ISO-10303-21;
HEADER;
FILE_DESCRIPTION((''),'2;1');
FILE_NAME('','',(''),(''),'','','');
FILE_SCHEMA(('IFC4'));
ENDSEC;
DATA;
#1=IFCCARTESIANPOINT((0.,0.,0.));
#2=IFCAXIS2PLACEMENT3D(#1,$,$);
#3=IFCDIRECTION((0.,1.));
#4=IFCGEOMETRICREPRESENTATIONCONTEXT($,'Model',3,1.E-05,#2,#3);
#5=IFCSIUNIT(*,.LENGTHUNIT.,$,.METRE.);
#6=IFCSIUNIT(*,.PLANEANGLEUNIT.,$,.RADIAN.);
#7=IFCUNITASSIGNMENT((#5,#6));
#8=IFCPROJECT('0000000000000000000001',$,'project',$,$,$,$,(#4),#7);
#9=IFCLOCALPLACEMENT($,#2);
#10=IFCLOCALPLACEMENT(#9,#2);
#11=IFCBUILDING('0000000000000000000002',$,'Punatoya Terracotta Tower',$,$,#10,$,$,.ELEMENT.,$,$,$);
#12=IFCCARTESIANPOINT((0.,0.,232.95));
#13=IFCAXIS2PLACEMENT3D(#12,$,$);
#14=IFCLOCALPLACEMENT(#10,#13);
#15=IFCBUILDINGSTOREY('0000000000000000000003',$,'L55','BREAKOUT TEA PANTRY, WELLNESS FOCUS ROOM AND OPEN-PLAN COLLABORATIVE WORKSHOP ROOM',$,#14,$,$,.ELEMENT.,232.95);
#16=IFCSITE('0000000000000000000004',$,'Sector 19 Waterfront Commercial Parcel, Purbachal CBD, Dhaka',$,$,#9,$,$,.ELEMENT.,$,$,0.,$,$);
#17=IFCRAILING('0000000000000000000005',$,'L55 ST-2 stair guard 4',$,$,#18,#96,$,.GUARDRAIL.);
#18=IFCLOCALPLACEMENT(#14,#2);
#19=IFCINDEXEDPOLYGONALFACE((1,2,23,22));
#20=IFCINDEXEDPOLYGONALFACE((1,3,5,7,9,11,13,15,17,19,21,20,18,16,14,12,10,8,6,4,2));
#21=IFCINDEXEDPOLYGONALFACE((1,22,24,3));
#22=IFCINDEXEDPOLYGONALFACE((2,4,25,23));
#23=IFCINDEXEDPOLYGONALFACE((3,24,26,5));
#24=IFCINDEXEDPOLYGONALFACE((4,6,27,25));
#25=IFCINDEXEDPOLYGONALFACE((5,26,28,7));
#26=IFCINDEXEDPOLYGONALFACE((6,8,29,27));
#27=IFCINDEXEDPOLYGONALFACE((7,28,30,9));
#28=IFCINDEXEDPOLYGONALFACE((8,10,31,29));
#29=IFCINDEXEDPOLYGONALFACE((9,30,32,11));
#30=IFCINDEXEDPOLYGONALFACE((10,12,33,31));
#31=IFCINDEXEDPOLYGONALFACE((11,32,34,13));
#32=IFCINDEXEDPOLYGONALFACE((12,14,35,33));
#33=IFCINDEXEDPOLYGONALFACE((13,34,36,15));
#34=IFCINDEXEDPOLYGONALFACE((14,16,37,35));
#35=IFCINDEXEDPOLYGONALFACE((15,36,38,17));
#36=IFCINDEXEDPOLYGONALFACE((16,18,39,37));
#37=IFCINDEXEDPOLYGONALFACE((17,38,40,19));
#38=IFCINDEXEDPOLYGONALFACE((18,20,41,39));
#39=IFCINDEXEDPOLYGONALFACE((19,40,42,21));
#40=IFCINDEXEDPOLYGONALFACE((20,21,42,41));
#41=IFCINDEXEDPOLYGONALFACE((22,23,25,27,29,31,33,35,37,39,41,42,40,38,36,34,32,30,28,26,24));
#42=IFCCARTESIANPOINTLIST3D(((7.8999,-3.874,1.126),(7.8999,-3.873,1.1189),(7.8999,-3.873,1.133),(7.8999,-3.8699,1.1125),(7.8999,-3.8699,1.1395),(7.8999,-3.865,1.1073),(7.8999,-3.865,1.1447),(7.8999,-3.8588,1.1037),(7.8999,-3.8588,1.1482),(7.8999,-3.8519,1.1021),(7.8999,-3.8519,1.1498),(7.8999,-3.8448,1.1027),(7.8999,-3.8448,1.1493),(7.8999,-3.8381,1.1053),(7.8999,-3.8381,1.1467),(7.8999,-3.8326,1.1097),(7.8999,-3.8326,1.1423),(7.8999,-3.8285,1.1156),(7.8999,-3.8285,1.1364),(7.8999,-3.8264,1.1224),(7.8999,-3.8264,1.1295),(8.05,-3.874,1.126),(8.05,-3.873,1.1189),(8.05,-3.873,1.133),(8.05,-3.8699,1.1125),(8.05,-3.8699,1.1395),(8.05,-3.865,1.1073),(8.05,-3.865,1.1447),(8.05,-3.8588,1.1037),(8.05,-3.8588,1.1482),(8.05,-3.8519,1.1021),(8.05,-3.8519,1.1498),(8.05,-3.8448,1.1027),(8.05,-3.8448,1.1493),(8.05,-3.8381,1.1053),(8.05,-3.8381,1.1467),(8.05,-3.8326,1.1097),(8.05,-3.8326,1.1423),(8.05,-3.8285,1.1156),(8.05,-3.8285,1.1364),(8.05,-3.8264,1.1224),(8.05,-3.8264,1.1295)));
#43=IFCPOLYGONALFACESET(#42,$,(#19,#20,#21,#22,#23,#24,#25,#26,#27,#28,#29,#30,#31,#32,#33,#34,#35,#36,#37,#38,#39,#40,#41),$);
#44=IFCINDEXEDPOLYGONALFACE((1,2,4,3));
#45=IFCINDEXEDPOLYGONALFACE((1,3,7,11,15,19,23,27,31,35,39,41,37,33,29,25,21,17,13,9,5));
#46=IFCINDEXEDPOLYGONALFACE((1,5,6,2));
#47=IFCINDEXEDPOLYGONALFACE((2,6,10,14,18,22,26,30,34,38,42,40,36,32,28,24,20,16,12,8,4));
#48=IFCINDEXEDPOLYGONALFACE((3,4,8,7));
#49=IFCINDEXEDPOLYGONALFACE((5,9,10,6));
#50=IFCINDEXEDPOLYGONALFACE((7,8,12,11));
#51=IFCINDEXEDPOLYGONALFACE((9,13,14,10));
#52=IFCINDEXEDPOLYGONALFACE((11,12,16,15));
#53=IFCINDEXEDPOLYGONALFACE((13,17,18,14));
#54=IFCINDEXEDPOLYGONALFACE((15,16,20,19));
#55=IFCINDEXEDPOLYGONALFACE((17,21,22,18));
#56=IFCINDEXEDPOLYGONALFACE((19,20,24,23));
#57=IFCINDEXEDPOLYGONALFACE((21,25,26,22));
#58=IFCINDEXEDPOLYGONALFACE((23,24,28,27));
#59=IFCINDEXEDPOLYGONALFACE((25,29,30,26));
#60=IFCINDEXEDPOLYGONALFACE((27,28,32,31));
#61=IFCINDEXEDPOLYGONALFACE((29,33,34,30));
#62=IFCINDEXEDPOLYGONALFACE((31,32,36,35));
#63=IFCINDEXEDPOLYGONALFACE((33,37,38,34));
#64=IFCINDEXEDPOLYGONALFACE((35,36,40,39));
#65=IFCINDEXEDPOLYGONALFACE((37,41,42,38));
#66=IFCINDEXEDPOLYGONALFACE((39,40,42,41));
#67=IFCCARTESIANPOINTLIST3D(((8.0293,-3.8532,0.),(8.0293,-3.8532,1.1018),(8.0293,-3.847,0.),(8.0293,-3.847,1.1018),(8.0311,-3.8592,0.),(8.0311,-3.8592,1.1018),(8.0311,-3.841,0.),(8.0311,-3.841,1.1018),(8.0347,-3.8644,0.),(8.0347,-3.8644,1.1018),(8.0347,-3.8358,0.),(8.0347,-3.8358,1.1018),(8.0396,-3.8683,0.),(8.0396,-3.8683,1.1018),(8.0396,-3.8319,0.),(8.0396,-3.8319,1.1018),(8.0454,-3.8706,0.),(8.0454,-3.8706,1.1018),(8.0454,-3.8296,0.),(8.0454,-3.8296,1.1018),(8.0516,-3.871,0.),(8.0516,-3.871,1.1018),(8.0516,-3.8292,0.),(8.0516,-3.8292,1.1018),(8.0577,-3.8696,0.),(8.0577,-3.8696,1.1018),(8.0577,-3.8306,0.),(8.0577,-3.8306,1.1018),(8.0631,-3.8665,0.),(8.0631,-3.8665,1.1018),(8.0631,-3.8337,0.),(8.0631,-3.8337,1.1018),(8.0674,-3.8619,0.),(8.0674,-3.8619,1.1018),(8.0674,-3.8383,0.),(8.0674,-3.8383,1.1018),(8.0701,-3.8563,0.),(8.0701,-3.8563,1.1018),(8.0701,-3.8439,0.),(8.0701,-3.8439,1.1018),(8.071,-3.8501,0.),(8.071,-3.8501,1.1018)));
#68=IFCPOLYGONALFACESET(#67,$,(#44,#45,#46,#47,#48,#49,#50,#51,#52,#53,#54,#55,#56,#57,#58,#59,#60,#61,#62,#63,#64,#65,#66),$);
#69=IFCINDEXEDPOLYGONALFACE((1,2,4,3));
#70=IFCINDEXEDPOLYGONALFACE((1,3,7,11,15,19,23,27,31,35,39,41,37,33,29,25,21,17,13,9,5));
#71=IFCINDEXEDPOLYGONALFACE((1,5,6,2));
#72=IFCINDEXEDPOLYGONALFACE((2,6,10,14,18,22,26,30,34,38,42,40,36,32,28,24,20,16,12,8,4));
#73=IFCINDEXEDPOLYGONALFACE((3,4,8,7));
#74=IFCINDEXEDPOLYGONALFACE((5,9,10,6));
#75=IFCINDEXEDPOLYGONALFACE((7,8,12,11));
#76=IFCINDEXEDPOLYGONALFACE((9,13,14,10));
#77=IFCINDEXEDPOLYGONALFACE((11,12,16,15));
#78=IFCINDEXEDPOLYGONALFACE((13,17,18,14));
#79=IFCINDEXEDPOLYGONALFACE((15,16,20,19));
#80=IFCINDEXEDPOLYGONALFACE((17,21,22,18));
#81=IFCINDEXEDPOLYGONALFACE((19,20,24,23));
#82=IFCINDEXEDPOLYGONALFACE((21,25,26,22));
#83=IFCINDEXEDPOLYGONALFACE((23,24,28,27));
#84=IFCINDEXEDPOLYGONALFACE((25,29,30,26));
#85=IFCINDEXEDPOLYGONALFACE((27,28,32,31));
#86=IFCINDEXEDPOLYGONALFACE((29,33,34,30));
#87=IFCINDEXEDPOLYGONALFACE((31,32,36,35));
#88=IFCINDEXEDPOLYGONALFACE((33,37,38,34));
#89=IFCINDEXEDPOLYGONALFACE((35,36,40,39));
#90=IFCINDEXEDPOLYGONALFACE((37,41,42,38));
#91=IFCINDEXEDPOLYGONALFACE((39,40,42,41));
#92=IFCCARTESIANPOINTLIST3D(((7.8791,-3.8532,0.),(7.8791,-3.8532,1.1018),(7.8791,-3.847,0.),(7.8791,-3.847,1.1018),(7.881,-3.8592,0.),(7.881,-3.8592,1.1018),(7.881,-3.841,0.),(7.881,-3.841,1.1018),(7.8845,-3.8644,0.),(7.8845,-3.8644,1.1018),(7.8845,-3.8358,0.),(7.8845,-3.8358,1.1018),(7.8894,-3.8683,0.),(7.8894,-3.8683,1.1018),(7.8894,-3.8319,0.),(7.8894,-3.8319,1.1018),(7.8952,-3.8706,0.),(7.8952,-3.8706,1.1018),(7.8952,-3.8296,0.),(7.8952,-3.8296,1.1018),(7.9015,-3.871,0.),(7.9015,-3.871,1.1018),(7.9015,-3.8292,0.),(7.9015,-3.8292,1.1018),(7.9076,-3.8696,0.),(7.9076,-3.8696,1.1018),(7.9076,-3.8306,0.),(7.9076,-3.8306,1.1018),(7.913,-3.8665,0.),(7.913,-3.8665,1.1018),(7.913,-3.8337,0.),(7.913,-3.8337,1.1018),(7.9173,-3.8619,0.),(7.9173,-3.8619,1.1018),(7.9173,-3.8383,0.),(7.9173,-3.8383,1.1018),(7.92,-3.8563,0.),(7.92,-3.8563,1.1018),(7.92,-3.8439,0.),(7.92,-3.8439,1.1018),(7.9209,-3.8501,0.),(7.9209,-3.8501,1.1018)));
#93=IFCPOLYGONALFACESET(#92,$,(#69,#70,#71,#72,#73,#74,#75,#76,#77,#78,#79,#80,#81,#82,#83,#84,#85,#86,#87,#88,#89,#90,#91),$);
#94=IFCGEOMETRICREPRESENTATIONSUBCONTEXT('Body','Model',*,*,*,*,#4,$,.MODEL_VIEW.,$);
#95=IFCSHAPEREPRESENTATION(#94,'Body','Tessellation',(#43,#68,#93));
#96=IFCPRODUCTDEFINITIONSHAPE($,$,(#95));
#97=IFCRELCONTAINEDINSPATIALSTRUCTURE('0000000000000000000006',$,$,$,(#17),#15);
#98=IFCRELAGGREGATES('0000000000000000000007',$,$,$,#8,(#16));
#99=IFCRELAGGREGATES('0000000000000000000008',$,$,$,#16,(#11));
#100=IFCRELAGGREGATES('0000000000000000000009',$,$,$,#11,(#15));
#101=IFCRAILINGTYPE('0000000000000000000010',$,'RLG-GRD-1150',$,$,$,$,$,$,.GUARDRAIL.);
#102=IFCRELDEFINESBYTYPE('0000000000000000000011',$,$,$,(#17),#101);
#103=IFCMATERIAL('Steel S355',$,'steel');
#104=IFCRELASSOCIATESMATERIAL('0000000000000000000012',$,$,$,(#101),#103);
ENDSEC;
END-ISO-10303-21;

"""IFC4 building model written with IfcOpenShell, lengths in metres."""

from ifc_helpers import new_model, si_unit, direction, frame, origin, origin_2d, place, context, subcontext, project, spatial, circle, extrude, material, type_object, element, save


model = new_model("IFC4")

# Units and contexts
model_context = context("Model", 3, precision=1e-05, world=origin(), true_north=direction((0.0, 1.0)))
body_context = subcontext(model_context, "Body", "Model", "MODEL_VIEW")
ifc_project = project(units=[si_unit("LENGTHUNIT", "METRE"), si_unit("PLANEANGLEUNIT", "RADIAN")], contexts=[model_context])

# Site, building, storey
site_placement = place(None, origin())
site = spatial("IfcSite", under=ifc_project, at=site_placement, Name="Sector 19 Waterfront Commercial Parcel, Purbachal CBD, Dhaka", CompositionType="ELEMENT", RefElevation=0.0)
building_placement = place(site_placement, origin())
building = spatial("IfcBuilding", under=site, at=building_placement, Name="Punatoya Terracotta Tower", CompositionType="ELEMENT")
storey_placement = place(building_placement, frame((0.0, 0.0, 232.95)))
storey = spatial("IfcBuildingStorey", under=building, at=storey_placement, Name="L55", Description="BREAKOUT TEA PANTRY, WELLNESS FOCUS ROOM AND OPEN-PLAN COLLABORATIVE WORKSHOP ROOM", CompositionType="ELEMENT", Elevation=232.95)

# Shared definitions
ifc_material_1 = material(Name="Steel S355", Category="steel")

# Railing
railing_type_1 = type_object("IfcRailingType", Name="RLG-GRD-1150", PredefinedType="GUARDRAIL", material=ifc_material_1)
railing_1_placement = place(storey_placement, frame((8.05, -3.8501, 0.0)))
element("IfcRailing", 1, at=railing_1_placement, inside=storey, type_object=railing_type_1, Name="L55 ST-2 stair guard 4", PredefinedType="GUARDRAIL", context=body_context, shape_type="SweptSolid", body=[
    extrude(circle(Radius=0.0239, at=origin_2d()), frame((0.0, 0.0, 1.126), z_axis=(-1.0, 0.0, 0.0), x_axis=(0.0, -1.0, 0.0)), (0.0, 0.0, 1.0), 0.1501),
    extrude(circle(Radius=0.021, at=origin_2d()), origin(), (0.0, 0.0, 1.0), 1.1018),
    extrude(circle(Radius=0.021, at=origin_2d()), frame((-0.1501, 0.0, 0.0)), (0.0, 0.0, 1.0), 1.1018),
])

save(model, "model.ifc")
